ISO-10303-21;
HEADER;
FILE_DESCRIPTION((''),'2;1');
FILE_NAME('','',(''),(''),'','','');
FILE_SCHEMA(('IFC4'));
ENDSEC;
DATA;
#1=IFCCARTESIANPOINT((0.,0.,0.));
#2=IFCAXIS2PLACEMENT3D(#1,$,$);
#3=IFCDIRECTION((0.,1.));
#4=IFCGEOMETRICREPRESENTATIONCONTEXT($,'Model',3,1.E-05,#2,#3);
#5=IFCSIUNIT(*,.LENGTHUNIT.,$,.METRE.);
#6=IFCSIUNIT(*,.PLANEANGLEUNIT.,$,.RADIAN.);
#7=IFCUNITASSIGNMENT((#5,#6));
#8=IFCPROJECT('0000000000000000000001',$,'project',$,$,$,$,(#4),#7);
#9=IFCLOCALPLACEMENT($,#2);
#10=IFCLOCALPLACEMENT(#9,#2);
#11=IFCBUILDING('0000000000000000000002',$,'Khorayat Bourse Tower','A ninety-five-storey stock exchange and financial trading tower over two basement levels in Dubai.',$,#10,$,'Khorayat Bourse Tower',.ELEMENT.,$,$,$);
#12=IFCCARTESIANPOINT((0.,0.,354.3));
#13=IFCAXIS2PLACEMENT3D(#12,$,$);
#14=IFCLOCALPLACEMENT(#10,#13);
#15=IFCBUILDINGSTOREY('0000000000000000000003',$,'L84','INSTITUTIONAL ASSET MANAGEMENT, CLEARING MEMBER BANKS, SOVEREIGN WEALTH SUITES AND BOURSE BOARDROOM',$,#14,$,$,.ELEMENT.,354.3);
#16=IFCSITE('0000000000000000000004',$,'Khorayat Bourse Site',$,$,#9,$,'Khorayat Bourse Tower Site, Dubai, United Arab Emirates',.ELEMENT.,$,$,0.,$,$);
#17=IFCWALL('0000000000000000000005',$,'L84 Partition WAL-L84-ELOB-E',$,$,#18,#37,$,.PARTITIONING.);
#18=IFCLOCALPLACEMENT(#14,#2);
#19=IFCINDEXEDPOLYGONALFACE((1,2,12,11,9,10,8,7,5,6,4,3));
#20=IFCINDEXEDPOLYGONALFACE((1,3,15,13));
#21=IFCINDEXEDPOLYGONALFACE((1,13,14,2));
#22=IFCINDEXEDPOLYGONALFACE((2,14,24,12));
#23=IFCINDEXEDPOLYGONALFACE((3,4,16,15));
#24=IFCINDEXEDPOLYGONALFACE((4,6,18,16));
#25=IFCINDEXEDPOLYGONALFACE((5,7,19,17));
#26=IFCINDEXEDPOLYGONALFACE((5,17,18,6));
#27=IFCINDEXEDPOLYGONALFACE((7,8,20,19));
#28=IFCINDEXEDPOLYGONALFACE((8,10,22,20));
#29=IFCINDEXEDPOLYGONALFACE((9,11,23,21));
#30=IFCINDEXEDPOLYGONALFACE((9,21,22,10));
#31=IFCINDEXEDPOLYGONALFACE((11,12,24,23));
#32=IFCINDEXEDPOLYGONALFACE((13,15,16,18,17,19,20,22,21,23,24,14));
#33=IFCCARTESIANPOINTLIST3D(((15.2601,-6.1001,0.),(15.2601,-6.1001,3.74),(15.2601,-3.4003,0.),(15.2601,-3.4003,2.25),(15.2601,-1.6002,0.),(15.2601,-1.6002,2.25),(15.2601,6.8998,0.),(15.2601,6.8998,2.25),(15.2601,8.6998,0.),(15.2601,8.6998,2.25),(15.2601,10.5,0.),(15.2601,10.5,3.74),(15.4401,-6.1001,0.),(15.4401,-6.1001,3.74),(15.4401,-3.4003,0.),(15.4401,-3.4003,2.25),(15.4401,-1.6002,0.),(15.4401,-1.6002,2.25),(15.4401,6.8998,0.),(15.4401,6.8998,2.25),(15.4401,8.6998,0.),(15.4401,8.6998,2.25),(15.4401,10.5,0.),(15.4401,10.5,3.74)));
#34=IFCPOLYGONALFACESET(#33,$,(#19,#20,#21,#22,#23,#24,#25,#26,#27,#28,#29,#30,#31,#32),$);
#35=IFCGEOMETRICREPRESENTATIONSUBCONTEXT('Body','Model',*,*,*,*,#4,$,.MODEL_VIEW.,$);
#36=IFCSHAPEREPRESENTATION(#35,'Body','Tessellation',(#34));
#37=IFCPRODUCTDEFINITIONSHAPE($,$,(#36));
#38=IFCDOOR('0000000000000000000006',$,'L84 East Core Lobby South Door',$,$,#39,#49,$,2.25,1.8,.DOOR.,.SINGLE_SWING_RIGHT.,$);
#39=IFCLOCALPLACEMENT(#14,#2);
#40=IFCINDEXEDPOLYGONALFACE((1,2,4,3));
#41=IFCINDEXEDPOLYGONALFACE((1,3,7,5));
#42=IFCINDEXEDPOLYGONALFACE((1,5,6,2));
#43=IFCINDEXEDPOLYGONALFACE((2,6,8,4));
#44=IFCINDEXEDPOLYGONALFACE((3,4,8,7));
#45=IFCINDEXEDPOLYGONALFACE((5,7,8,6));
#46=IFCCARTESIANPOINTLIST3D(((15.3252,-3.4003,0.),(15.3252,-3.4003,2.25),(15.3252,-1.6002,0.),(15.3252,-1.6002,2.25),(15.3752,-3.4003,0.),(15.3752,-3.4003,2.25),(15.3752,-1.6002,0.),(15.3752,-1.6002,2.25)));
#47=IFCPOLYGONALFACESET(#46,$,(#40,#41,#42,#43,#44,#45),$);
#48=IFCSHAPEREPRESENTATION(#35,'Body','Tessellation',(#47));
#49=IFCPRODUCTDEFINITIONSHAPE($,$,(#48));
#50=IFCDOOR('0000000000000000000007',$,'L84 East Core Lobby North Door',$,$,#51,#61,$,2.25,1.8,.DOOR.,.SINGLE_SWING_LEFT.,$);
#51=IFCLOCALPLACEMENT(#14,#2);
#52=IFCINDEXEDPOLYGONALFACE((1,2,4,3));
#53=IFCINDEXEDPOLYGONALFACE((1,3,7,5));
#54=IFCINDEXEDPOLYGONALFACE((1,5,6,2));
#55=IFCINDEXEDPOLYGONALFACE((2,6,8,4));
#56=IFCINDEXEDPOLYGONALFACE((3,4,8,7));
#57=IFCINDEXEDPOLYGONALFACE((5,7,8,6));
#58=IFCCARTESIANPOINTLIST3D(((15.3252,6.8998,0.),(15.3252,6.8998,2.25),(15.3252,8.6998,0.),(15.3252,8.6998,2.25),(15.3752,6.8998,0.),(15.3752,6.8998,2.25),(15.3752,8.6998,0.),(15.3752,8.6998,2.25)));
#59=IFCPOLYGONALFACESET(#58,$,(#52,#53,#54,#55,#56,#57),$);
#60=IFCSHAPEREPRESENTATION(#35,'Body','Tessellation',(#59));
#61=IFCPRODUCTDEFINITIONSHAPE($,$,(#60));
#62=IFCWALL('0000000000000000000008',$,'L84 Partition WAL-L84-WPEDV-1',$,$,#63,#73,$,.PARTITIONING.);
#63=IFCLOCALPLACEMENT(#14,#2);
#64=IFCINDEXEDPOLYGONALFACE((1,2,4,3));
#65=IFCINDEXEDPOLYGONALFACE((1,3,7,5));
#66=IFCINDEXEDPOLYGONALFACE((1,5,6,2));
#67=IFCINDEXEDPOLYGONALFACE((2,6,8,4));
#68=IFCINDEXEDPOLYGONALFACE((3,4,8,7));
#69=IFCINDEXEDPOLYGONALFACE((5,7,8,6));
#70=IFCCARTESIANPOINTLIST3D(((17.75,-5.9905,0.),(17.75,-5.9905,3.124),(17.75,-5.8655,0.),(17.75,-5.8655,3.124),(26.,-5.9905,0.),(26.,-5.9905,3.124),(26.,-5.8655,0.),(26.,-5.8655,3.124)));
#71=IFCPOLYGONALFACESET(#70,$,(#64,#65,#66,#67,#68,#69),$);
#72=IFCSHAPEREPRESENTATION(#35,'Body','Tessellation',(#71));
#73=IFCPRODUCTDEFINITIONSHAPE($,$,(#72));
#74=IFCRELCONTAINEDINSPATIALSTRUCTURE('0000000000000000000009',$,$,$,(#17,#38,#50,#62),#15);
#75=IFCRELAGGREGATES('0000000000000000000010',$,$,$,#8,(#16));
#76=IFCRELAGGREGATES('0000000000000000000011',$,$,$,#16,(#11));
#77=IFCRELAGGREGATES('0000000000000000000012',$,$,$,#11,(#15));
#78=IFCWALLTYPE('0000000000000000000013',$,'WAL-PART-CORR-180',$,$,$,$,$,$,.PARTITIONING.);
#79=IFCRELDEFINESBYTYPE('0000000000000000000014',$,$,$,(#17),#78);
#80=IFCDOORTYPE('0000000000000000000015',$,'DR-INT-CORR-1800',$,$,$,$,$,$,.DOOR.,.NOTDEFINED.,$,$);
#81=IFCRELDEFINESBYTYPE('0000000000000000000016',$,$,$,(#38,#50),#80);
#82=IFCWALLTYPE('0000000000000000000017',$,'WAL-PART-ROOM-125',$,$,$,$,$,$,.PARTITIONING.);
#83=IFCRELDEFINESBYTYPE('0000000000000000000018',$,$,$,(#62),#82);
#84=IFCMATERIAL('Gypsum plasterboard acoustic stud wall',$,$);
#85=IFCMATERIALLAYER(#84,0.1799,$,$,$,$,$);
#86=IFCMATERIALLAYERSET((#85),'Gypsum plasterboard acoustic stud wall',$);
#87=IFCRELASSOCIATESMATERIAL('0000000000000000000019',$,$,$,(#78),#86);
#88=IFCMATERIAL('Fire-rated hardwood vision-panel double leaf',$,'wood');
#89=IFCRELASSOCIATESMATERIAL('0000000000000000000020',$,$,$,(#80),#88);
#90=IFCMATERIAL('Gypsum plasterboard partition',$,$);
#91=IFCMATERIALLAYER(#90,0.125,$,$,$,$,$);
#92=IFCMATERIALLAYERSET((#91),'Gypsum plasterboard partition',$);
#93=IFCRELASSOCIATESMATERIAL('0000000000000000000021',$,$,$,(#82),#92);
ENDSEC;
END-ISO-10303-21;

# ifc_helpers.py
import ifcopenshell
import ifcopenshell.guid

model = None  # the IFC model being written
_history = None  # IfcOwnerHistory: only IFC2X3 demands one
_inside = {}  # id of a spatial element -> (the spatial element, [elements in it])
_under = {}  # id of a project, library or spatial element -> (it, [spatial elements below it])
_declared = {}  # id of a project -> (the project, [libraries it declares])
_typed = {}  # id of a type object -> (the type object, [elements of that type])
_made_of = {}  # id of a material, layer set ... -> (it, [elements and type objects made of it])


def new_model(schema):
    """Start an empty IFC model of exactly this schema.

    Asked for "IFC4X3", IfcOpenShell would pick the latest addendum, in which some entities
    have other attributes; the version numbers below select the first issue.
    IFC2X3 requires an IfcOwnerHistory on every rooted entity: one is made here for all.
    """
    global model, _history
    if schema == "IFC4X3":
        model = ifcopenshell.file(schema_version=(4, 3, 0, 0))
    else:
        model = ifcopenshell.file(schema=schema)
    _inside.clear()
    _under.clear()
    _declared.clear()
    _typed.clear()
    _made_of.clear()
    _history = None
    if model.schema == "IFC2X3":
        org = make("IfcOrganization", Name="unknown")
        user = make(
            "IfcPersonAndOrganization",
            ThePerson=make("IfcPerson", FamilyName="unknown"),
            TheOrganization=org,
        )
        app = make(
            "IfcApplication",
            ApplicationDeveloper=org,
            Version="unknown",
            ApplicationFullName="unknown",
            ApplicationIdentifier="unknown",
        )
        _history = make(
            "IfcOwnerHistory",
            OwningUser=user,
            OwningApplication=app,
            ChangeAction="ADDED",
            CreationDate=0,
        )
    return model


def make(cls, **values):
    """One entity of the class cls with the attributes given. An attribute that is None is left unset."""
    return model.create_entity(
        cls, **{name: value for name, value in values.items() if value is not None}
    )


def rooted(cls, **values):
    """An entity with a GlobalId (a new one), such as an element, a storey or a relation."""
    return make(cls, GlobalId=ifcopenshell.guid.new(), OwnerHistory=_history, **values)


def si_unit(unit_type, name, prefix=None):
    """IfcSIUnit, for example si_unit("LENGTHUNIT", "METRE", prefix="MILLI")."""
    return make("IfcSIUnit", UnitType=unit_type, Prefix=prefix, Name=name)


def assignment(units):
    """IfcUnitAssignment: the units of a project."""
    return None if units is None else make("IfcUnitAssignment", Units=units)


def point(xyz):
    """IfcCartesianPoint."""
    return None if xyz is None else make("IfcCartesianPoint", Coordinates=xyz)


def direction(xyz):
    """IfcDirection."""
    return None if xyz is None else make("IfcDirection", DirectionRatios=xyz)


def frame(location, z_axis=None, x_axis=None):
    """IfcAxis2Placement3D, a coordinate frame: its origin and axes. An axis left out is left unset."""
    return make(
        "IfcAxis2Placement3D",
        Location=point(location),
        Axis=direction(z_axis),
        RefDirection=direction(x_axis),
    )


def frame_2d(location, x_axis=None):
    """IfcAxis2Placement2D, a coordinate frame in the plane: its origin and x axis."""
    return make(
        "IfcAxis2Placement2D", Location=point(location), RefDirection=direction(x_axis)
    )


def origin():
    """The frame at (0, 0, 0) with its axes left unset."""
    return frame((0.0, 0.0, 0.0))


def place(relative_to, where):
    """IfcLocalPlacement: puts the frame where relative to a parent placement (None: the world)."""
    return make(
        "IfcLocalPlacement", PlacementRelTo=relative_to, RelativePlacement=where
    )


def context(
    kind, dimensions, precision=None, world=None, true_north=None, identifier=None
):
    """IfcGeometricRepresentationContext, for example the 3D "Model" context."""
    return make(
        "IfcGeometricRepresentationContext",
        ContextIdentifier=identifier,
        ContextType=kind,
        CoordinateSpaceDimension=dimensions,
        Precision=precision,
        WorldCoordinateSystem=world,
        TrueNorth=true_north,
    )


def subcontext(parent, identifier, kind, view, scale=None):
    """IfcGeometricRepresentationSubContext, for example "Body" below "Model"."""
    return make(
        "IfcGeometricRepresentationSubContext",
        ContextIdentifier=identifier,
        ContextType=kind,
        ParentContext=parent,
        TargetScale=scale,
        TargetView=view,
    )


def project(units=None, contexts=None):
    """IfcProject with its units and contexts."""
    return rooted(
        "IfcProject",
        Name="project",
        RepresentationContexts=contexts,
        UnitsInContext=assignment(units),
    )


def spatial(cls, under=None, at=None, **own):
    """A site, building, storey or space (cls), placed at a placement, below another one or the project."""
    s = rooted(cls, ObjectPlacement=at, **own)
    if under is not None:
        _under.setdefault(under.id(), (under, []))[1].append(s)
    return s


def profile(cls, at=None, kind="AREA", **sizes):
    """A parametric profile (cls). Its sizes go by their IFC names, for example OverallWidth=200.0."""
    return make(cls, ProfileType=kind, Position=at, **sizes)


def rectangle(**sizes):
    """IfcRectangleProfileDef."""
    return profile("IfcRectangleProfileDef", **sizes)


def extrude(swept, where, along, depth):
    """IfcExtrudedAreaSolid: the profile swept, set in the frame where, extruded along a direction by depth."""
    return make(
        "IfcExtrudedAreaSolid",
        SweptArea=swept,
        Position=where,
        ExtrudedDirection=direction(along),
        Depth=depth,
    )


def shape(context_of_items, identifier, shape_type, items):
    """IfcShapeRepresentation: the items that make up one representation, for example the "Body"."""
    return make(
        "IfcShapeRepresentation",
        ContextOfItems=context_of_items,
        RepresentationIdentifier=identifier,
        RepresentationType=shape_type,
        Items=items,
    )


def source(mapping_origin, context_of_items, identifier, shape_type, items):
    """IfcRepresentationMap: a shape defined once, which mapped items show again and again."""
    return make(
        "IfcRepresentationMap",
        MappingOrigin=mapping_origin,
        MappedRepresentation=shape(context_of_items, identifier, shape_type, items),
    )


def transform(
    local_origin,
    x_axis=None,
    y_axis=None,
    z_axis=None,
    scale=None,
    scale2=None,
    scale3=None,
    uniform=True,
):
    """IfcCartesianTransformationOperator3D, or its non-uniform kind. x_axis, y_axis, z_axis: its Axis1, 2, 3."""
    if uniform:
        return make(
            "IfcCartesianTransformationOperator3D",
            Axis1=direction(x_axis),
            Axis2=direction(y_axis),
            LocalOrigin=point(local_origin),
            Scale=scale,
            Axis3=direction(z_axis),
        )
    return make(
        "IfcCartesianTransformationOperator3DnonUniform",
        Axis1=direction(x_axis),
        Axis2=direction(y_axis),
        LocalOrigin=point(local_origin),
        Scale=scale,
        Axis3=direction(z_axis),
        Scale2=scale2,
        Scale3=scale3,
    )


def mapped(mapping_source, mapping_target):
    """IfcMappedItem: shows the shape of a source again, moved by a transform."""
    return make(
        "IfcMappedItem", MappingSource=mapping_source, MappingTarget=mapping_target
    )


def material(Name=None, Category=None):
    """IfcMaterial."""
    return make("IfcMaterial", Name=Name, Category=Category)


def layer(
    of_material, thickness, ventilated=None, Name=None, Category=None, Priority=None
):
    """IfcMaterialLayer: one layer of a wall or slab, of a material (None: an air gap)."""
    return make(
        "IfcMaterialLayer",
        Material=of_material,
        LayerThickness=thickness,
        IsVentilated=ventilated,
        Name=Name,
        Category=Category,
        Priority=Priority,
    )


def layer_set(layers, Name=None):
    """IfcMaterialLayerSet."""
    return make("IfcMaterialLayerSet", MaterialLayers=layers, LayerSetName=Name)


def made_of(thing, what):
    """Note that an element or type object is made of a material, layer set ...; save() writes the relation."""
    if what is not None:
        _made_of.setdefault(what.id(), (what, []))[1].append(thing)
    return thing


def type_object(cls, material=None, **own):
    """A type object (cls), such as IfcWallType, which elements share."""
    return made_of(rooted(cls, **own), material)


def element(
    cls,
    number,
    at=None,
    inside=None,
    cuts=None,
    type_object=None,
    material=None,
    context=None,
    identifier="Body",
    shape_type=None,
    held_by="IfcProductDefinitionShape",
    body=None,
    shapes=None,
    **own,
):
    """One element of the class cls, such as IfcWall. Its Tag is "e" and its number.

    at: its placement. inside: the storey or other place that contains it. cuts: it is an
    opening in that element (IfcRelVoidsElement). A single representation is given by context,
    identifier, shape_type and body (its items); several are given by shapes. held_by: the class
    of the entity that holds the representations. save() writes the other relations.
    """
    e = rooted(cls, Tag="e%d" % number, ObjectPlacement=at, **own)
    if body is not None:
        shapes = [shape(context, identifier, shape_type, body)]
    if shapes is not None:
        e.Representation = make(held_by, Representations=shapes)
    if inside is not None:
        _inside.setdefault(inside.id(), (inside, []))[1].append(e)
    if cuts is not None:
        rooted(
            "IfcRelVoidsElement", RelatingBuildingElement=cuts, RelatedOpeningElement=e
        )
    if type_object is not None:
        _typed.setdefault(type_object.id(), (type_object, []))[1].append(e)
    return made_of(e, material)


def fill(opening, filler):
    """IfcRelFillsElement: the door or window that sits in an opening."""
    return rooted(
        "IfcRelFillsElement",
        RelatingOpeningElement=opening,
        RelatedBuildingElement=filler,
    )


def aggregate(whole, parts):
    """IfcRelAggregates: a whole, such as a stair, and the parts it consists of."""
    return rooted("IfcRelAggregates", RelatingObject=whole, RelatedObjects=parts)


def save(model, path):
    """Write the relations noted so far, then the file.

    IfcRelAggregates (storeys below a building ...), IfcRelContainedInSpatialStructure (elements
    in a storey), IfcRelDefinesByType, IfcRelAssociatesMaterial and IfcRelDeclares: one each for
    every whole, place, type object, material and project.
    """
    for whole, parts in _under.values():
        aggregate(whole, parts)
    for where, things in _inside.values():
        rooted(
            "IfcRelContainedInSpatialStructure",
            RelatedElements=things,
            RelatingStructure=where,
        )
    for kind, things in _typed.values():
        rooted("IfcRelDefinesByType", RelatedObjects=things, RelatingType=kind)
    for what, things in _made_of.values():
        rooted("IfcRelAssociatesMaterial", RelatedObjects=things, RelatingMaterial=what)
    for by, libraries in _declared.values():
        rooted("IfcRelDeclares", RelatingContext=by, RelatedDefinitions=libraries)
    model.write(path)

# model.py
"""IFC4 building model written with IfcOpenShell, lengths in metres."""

from ifc_helpers import new_model, si_unit, direction, frame, frame_2d, origin, place, context, subcontext, project, spatial, rectangle, extrude, source, transform, mapped, material, layer, layer_set, type_object, element, fill, save


model = new_model("IFC4")

# Units and contexts
model_context = context("Model", 3, precision=1e-05, world=origin(), true_north=direction((0.0, 1.0)))
body_context = subcontext(model_context, "Body", "Model", "MODEL_VIEW")
ifc_project = project(units=[si_unit("LENGTHUNIT", "METRE"), si_unit("PLANEANGLEUNIT", "RADIAN")], contexts=[model_context])

# Site, building, storey
site_placement = place(None, origin())
site = spatial("IfcSite", under=ifc_project, at=site_placement, Name="Khorayat Bourse Site", LongName="Khorayat Bourse Tower Site, Dubai, United Arab Emirates", CompositionType="ELEMENT", RefElevation=0.0)
building_placement = place(site_placement, origin())
building = spatial("IfcBuilding", under=site, at=building_placement, Name="Khorayat Bourse Tower", Description="A ninety-five-storey stock exchange and financial trading tower over two basement levels in Dubai.", LongName="Khorayat Bourse Tower", CompositionType="ELEMENT")
storey_placement = place(building_placement, frame((0.0, 0.0, 354.3)))
storey = spatial("IfcBuildingStorey", under=building, at=storey_placement, Name="L84", Description="INSTITUTIONAL ASSET MANAGEMENT, CLEARING MEMBER BANKS, SOVEREIGN WEALTH SUITES AND BOURSE BOARDROOM", CompositionType="ELEMENT", Elevation=354.3)

# Wall, openings, doors
ifc_material_1 = material(Name="Gypsum plasterboard acoustic stud wall")
ifc_layer_1 = layer(ifc_material_1, 0.1799)
ifc_layer_set_1 = layer_set([ifc_layer_1], Name="Gypsum plasterboard acoustic stud wall")
wall_type_1 = type_object("IfcWallType", Name="WAL-PART-CORR-180", PredefinedType="PARTITIONING", material=ifc_layer_set_1)
shared_shape_1 = source(origin(), body_context, "Body", "SweptSolid", [
    extrude(rectangle(XDim=16.6001, YDim=0.1799, at=frame_2d((8.3, 0.0))), origin(), (0.0, 0.0, 1.0), 3.74),
])
wall_1_placement = place(storey_placement, frame((15.3501, -6.1001, 0.0), z_axis=(0.0, 0.0, 1.0), x_axis=(0.0, 1.0, 0.0)))
wall_1 = element("IfcWall", 1, at=wall_1_placement, inside=storey, type_object=wall_type_1, Name="L84 Partition WAL-L84-ELOB-E", PredefinedType="PARTITIONING", context=body_context, shape_type="MappedRepresentation", body=[
    mapped(shared_shape_1, transform((0.0, 0.0, 0.0), scale=1.0)),
])
shared_shape_2 = source(origin(), body_context, "Body", "SweptSolid", [
    extrude(rectangle(XDim=1.8, YDim=2.25, at=frame_2d((0.8999, 1.125))), frame((0.0, 0.0999, 0.0), z_axis=(0.0, -1.0, 0.0), x_axis=(1.0, 0.0, 0.0)), (0.0, 0.0, 1.0), 0.2),
])
opening_1_placement = place(wall_1_placement, frame((2.7, 0.0, 0.0)))
opening_1 = element("IfcOpeningElement", 2, at=opening_1_placement, cuts=wall_1, PredefinedType="OPENING", context=body_context, shape_type="MappedRepresentation", body=[
    mapped(shared_shape_2, transform((0.0, 0.0, 0.0), scale=1.0)),
])
opening_2_placement = place(wall_1_placement, frame((13.0, 0.0, 0.0)))
opening_2 = element("IfcOpeningElement", 3, at=opening_2_placement, cuts=wall_1, PredefinedType="OPENING", context=body_context, shape_type="MappedRepresentation", body=[
    mapped(shared_shape_2, transform((0.0, 0.0, 0.0), scale=1.0)),
])
ifc_material_2 = material(Name="Fire-rated hardwood vision-panel double leaf", Category="wood")
door_type_1 = type_object("IfcDoorType", Name="DR-INT-CORR-1800", OperationType="NOTDEFINED", PredefinedType="DOOR", material=ifc_material_2)
shared_shape_3 = source(origin(), body_context, "Body", "SweptSolid", [
    extrude(rectangle(XDim=1.8, YDim=2.25, at=frame_2d((0.8999, 1.125))), frame((0.0, 0.0249, 0.0), z_axis=(0.0, -1.0, 0.0), x_axis=(1.0, 0.0, 0.0)), (0.0, 0.0, 1.0), 0.05),
])
door_1_placement = place(opening_1_placement, origin())
door_1 = element("IfcDoor", 4, at=door_1_placement, inside=storey, type_object=door_type_1, Name="L84 East Core Lobby South Door", OperationType="SINGLE_SWING_RIGHT", OverallHeight=2.25, OverallWidth=1.8, PredefinedType="DOOR", context=body_context, shape_type="MappedRepresentation", body=[
    mapped(shared_shape_3, transform((0.0, 0.0, 0.0), scale=1.0)),
])
fill(opening_1, door_1)
door_2_placement = place(opening_2_placement, origin())
door_2 = element("IfcDoor", 5, at=door_2_placement, inside=storey, type_object=door_type_1, Name="L84 East Core Lobby North Door", OperationType="SINGLE_SWING_LEFT", OverallHeight=2.25, OverallWidth=1.8, PredefinedType="DOOR", context=body_context, shape_type="MappedRepresentation", body=[
    mapped(shared_shape_3, transform((0.0, 0.0, 0.0), scale=1.0)),
])
fill(opening_2, door_2)

# Wall
ifc_material_3 = material(Name="Gypsum plasterboard partition")
ifc_layer_2 = layer(ifc_material_3, 0.125)
ifc_layer_set_2 = layer_set([ifc_layer_2], Name="Gypsum plasterboard partition")
wall_type_2 = type_object("IfcWallType", Name="WAL-PART-ROOM-125", PredefinedType="PARTITIONING", material=ifc_layer_set_2)
shared_shape_4 = source(origin(), body_context, "Body", "SweptSolid", [
    extrude(rectangle(XDim=8.25, YDim=0.125, at=frame_2d((4.125, 0.0))), origin(), (0.0, 0.0, 1.0), 3.124),
])
wall_2_placement = place(storey_placement, frame((17.75, -5.928, 0.0), z_axis=(0.0, 0.0, 1.0), x_axis=(1.0, 0.0, 0.0)))
element("IfcWall", 6, at=wall_2_placement, inside=storey, type_object=wall_type_2, Name="L84 Partition WAL-L84-WPEDV-1", PredefinedType="PARTITIONING", context=body_context, shape_type="MappedRepresentation", body=[
    mapped(shared_shape_4, transform((0.0, 0.0, 0.0), scale=1.0)),
])

save(model, "model.ifc")
